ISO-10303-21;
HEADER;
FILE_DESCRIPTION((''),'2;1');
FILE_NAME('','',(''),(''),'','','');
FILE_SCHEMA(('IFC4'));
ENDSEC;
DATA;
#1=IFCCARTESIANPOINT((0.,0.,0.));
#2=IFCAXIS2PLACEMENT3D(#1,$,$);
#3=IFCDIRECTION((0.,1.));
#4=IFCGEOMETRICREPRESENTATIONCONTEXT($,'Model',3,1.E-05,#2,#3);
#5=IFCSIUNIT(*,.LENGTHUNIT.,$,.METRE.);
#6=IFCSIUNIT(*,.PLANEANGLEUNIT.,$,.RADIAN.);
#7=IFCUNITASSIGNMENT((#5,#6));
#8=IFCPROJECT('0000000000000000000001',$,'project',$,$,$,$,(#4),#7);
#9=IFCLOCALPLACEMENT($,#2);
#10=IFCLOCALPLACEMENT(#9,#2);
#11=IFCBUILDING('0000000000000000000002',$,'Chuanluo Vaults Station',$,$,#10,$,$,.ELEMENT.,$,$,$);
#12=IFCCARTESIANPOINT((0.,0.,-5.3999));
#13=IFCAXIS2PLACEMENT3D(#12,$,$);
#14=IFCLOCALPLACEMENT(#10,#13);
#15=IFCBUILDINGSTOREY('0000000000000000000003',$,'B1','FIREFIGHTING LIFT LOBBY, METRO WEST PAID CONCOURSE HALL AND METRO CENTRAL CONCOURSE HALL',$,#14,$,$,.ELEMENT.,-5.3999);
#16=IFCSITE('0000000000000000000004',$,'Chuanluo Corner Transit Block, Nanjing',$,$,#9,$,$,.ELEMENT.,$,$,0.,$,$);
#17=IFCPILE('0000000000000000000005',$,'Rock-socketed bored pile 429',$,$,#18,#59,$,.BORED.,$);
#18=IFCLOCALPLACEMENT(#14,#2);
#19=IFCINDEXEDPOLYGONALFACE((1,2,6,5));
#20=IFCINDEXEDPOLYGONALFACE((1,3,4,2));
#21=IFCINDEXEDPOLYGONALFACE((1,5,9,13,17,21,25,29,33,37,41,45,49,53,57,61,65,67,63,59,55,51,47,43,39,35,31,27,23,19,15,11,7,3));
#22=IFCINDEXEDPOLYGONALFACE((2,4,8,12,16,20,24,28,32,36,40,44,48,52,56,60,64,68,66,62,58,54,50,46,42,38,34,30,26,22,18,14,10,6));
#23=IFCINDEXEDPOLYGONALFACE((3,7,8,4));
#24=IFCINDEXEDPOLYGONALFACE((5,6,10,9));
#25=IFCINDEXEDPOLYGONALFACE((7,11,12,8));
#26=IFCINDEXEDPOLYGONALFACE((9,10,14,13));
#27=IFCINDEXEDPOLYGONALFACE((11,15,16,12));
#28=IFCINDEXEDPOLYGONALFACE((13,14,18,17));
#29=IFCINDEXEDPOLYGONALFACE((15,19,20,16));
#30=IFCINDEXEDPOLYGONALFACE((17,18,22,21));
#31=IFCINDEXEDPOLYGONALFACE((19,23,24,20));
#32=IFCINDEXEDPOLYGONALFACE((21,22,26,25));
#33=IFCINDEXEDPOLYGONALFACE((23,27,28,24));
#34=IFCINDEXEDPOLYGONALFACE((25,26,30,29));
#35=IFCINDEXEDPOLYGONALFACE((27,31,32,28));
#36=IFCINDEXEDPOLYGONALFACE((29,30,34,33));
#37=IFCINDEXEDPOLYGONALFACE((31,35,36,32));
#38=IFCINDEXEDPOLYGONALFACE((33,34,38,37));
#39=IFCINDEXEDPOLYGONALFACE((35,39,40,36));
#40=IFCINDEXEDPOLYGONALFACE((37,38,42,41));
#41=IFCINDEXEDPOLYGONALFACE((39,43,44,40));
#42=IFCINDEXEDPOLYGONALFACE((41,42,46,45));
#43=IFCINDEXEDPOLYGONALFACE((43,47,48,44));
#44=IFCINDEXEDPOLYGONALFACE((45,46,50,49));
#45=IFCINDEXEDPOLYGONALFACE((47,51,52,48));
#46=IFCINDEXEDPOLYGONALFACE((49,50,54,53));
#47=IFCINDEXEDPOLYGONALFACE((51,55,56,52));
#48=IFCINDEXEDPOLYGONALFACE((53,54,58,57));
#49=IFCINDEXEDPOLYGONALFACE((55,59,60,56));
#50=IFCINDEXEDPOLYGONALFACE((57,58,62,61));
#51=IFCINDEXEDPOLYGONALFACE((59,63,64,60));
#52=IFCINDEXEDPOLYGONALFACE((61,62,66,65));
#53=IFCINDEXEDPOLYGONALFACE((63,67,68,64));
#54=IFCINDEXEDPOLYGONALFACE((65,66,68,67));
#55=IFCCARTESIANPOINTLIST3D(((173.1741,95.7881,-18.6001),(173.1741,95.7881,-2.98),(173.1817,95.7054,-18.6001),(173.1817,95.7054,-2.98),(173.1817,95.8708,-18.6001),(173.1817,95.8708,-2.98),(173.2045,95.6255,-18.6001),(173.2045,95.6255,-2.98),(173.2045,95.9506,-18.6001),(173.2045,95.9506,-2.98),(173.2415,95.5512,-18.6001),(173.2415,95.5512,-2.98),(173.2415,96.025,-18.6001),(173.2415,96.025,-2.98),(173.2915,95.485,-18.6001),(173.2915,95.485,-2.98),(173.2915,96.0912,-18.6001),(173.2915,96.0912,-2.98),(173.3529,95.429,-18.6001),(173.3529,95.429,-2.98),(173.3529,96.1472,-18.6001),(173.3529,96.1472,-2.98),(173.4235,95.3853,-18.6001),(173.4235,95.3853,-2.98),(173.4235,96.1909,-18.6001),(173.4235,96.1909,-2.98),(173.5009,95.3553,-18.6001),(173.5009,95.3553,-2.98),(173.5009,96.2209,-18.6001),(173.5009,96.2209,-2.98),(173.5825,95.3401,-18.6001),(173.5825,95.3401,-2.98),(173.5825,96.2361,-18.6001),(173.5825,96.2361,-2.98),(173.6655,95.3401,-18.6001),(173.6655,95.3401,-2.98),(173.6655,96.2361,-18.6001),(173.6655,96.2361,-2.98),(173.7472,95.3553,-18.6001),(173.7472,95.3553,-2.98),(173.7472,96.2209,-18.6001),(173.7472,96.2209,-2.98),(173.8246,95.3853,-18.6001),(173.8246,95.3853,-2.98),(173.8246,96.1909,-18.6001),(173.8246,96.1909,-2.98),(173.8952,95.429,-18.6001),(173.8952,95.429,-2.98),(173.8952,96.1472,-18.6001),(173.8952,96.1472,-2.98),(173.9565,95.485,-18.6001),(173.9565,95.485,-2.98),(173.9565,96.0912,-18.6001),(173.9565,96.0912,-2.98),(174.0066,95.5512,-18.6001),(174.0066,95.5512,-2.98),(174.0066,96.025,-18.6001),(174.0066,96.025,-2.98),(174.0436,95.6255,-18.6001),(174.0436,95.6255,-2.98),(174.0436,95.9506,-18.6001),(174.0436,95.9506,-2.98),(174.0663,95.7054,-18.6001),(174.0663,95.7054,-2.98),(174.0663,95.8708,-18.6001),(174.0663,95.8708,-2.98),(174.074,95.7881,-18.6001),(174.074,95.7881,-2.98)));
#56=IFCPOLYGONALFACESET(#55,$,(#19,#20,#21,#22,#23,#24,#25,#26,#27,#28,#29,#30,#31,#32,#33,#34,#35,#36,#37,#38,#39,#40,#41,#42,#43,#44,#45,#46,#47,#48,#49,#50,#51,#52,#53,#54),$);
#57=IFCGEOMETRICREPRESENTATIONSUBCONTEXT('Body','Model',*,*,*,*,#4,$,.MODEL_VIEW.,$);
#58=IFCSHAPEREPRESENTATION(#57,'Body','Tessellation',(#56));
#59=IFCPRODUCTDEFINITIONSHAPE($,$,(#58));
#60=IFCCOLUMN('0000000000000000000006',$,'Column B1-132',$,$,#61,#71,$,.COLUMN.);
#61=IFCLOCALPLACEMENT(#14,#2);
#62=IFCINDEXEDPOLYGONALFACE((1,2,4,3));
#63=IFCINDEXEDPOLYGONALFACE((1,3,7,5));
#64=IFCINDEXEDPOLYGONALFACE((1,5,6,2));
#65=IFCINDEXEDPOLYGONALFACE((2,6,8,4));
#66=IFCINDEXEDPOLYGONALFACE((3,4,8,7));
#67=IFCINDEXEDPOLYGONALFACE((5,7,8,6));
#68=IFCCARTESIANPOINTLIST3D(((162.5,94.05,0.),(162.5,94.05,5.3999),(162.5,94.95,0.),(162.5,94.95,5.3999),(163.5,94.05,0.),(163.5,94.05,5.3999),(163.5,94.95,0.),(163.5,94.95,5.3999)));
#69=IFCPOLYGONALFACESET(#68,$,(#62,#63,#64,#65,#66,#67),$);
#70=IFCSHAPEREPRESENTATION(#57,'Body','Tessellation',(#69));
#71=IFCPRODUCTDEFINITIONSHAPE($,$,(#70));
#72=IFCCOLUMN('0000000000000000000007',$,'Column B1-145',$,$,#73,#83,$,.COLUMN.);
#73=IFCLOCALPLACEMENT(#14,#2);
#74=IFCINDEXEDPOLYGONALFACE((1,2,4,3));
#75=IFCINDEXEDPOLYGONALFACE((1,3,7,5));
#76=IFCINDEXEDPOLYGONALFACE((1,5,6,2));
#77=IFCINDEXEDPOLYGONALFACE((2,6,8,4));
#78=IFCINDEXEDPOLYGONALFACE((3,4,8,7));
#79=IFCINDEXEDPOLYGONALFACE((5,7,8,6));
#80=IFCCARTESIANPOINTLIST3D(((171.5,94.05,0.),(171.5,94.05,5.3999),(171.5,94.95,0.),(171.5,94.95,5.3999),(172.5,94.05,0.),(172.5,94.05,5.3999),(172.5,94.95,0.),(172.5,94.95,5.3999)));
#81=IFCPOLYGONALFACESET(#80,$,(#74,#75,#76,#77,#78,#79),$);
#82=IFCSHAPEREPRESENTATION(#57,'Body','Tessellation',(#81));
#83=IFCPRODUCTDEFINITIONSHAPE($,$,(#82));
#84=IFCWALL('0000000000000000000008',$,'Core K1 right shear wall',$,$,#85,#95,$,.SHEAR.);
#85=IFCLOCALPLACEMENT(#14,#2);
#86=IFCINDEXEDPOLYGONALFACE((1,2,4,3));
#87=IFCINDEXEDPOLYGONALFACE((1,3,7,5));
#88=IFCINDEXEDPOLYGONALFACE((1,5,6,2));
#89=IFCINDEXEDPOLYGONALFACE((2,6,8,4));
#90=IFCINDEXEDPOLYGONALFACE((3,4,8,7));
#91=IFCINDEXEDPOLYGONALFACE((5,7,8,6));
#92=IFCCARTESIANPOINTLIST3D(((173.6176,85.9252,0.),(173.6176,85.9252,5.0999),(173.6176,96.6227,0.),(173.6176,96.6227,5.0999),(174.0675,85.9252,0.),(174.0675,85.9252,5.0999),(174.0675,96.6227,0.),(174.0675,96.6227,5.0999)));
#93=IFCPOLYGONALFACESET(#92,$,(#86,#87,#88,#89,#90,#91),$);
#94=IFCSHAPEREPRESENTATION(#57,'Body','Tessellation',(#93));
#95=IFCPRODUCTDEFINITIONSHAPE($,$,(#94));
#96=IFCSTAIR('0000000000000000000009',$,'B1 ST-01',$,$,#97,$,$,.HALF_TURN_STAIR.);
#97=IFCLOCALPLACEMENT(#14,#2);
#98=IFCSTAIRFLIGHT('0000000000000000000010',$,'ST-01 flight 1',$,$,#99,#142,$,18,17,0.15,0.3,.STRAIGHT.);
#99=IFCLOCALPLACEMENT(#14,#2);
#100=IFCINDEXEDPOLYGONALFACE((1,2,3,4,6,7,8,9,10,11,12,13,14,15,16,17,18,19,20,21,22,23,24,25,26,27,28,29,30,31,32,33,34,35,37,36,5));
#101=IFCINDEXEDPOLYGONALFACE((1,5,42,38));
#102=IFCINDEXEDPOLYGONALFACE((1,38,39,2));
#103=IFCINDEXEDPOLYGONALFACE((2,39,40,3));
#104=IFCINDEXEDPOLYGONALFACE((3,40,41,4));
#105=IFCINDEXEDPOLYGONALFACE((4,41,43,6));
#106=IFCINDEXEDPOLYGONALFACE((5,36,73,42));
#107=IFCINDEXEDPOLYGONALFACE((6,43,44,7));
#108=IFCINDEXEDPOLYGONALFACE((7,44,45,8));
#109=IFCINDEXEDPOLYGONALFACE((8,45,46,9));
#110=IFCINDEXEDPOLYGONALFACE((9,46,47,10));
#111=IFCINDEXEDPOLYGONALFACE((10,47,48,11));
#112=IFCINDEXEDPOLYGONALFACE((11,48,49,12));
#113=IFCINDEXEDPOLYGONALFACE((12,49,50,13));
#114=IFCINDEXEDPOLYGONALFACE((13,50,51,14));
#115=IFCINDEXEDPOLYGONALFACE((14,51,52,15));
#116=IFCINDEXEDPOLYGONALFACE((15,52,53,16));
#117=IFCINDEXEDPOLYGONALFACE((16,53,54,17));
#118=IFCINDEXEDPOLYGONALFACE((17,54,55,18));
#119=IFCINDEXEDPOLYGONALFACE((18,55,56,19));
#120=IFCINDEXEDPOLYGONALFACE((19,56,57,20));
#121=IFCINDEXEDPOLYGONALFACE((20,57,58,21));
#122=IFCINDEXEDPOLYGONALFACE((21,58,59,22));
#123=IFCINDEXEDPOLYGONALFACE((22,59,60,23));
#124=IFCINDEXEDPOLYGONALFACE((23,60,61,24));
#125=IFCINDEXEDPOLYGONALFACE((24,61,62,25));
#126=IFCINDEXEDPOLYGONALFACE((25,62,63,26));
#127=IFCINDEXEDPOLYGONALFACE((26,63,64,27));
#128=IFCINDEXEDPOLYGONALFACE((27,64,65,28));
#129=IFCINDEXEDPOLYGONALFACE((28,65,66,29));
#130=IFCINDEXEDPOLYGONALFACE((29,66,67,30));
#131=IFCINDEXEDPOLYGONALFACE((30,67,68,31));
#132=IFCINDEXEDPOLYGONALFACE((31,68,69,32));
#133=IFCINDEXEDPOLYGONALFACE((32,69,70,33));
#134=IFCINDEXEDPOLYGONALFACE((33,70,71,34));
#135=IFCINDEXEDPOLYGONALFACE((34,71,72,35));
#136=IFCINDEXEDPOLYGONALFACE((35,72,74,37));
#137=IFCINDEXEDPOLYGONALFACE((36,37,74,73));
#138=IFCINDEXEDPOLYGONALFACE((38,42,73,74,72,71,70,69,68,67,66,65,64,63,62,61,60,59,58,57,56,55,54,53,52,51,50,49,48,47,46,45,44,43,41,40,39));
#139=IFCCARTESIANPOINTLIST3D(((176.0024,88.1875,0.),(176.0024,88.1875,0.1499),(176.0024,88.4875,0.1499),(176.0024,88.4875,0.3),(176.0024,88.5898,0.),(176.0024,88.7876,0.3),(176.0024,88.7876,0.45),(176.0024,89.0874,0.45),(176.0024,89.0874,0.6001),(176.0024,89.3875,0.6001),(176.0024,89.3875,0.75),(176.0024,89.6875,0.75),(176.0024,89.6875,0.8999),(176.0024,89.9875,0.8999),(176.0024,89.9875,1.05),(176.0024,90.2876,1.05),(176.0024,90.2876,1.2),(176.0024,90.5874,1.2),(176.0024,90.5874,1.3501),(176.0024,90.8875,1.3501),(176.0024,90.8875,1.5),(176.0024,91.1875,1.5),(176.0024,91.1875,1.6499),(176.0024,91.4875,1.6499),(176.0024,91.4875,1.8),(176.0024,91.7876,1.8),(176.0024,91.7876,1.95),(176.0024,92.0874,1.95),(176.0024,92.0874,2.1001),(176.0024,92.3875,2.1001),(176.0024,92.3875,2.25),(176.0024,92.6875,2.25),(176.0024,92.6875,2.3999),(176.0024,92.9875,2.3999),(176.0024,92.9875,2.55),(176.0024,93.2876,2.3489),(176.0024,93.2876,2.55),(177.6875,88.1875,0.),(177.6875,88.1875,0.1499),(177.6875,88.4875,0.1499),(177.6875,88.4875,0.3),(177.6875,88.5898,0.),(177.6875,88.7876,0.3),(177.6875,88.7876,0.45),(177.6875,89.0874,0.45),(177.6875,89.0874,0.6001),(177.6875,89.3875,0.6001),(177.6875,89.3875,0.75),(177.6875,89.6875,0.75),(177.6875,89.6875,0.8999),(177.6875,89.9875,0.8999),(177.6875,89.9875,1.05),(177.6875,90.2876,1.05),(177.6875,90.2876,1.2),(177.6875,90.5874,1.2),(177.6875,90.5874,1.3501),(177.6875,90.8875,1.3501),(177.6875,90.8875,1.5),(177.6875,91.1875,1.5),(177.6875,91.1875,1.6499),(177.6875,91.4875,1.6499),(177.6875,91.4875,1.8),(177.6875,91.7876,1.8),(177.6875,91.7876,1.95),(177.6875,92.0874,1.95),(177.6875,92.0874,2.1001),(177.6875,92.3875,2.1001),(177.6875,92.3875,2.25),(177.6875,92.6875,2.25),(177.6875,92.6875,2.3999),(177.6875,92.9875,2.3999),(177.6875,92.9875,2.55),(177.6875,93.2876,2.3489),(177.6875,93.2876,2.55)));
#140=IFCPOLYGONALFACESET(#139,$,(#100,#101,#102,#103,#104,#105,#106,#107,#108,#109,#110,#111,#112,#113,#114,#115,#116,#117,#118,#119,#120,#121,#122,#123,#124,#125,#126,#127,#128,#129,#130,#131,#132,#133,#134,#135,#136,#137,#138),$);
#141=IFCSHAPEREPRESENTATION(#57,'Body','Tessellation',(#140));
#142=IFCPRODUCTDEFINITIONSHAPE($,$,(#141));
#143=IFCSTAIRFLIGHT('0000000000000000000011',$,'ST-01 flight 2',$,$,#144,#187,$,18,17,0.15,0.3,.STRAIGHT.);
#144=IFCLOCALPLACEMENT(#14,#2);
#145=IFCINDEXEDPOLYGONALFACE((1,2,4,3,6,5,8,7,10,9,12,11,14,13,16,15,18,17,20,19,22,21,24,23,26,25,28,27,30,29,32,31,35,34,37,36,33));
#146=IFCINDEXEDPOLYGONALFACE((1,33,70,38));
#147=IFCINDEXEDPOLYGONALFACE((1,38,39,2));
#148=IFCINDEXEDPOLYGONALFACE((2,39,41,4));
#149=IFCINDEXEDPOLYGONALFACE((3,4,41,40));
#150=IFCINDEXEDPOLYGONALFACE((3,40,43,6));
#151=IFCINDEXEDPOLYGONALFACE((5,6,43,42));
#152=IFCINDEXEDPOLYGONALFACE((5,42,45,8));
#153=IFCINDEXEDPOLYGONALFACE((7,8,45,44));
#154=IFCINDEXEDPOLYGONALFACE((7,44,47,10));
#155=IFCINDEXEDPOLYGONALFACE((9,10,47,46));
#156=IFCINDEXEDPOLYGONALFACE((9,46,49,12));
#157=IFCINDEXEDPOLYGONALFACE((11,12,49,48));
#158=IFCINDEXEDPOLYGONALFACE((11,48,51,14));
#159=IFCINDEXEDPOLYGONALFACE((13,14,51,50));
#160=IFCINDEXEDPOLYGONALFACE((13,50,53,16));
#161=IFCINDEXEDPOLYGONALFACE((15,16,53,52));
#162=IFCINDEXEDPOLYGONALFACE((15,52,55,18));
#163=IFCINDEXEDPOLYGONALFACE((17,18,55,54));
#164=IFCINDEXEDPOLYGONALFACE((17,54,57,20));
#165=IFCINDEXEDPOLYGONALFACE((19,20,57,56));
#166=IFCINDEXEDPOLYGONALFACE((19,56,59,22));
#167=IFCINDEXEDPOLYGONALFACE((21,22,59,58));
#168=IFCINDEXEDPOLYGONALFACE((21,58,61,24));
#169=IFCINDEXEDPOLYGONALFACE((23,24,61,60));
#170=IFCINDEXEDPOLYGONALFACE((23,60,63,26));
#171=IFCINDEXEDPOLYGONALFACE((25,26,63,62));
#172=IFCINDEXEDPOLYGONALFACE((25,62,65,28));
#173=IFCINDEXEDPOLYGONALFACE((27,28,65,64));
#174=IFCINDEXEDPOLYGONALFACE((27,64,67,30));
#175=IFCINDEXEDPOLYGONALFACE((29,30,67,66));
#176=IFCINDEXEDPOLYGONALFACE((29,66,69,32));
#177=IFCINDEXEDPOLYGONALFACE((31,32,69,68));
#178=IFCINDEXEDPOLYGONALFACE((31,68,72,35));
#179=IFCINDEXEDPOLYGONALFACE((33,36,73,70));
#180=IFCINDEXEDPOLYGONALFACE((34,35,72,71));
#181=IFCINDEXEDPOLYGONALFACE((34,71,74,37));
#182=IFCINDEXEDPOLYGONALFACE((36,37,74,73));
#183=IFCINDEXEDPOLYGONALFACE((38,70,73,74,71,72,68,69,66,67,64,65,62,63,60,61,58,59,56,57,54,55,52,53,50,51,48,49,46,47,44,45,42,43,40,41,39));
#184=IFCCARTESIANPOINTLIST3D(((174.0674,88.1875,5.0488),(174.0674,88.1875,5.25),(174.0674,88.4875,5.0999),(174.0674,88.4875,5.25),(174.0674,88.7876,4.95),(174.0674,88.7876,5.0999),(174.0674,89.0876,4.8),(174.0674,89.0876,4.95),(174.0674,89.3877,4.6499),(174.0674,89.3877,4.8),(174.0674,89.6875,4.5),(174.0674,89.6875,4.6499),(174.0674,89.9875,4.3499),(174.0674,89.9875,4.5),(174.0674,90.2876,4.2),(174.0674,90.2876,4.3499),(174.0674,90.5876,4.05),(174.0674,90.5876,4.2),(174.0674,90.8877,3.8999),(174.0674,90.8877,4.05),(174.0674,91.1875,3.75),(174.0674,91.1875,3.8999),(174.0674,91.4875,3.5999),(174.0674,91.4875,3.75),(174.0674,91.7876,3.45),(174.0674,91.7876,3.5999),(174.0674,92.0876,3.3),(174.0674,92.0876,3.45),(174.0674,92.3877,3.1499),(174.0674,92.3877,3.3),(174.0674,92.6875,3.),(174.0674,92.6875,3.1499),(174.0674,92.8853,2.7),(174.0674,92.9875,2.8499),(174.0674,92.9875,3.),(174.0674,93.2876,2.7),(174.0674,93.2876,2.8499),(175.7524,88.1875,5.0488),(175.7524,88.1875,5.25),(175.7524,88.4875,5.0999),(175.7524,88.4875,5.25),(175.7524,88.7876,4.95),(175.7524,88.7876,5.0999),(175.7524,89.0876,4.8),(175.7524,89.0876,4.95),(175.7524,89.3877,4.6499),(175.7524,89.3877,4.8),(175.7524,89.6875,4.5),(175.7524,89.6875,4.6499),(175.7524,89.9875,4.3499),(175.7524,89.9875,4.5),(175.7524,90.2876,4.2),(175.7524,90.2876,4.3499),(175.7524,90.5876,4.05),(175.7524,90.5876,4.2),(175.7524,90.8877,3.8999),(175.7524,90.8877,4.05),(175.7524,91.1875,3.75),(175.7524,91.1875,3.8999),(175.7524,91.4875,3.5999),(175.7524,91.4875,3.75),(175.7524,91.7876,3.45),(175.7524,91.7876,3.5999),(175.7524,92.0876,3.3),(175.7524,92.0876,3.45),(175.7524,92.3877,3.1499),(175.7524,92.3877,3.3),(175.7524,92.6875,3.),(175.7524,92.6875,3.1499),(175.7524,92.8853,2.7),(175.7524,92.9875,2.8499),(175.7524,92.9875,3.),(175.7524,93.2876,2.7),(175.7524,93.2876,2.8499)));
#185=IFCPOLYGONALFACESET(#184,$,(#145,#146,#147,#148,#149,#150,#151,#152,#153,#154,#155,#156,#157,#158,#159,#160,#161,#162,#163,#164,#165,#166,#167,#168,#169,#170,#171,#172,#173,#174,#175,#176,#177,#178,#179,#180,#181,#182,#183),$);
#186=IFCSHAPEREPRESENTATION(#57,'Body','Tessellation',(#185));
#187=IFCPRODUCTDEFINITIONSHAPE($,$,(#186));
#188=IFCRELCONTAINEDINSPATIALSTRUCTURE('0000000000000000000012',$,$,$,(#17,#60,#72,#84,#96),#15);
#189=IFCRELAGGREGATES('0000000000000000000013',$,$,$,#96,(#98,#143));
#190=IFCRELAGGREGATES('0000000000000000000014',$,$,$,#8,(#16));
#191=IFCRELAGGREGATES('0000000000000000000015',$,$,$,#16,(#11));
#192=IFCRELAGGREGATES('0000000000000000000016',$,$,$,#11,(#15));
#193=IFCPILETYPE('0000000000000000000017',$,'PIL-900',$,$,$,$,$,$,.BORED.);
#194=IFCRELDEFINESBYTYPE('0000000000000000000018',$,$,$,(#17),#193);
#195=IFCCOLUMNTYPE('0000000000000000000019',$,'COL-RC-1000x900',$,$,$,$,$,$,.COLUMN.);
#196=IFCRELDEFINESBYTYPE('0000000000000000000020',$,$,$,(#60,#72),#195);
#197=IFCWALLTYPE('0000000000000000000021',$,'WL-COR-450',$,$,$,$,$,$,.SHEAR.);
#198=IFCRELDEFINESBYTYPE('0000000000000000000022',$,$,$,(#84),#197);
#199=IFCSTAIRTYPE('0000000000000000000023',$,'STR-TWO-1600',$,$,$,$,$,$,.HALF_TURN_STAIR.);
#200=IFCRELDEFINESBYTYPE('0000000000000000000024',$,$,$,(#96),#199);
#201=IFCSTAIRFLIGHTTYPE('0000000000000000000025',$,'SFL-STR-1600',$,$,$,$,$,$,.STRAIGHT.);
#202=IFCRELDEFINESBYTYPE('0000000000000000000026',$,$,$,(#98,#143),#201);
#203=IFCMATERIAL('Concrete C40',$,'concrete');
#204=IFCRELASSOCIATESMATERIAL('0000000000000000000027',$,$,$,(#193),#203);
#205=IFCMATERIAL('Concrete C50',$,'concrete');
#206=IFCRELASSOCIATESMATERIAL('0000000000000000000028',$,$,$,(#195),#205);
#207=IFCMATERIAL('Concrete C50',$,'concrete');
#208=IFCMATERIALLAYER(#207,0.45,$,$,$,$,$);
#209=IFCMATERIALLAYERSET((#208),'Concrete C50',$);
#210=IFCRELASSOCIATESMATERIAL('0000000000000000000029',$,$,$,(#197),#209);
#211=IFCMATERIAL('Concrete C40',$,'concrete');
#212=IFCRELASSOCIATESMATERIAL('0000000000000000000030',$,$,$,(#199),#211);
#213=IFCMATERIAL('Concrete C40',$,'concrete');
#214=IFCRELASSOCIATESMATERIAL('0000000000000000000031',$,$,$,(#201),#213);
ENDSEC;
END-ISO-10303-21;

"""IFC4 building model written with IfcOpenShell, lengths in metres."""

from ifc_helpers import new_model, si_unit, direction, frame, frame_2d, origin, origin_2d, place, context, subcontext, project, spatial, polyline, rectangle, circle, outline, extrude, material, layer, layer_set, material_profile, profile_set, type_object, element, aggregate, save


model = new_model("IFC4")

# Units and contexts
model_context = context("Model", 3, precision=1e-05, world=origin(), true_north=direction((0.0, 1.0)))
body_context = subcontext(model_context, "Body", "Model", "MODEL_VIEW")
ifc_project = project(units=[si_unit("LENGTHUNIT", "METRE"), si_unit("PLANEANGLEUNIT", "RADIAN")], contexts=[model_context])

# Site, building, storey
site_placement = place(None, origin())
site = spatial("IfcSite", under=ifc_project, at=site_placement, Name="Chuanluo Corner Transit Block, Nanjing", CompositionType="ELEMENT", RefElevation=0.0)
building_placement = place(site_placement, origin())
building = spatial("IfcBuilding", under=site, at=building_placement, Name="Chuanluo Vaults Station", CompositionType="ELEMENT")
storey_placement = place(building_placement, frame((0.0, 0.0, -5.3999)))
storey = spatial("IfcBuildingStorey", under=building, at=storey_placement, Name="B1", Description="FIREFIGHTING LIFT LOBBY, METRO WEST PAID CONCOURSE HALL AND METRO CENTRAL CONCOURSE HALL", CompositionType="ELEMENT", Elevation=-5.3999)

# Pile
ifc_material_1 = material(Name="Concrete C40", Category="concrete")
ifc_material_profile_1 = material_profile(ifc_material_1, circle(Radius=0.45, at=origin_2d()))
ifc_profile_set_1 = profile_set([ifc_material_profile_1], Name="Concrete C40")
pile_type_1 = type_object("IfcPileType", Name="PIL-900", PredefinedType="BORED", material=ifc_profile_set_1)
for number, where, z_axis, x_axis, name in (
    (1, (173.624, 95.7881, -2.98), (0.0, 0.0, -1.0), (1.0, 0.0, 0.0), "Rock-socketed bored pile 429"),
):
    element("IfcPile", number, at=place(storey_placement, frame(where, z_axis=z_axis, x_axis=x_axis)), inside=storey, type_object=pile_type_1, Name=name, PredefinedType="BORED", context=body_context, shape_type="SweptSolid", body=[
        extrude(circle(Radius=0.45, at=origin_2d()), origin(), (0.0, 0.0, 1.0), 15.6201),
    ])

# Columns
ifc_material_2 = material(Name="Concrete C50", Category="concrete")
ifc_material_profile_2 = material_profile(ifc_material_2, rectangle(XDim=1.0, YDim=0.8999, at=origin_2d()))
ifc_profile_set_2 = profile_set([ifc_material_profile_2], Name="Concrete C50")
column_type = type_object("IfcColumnType", Name="COL-RC-1000x900", PredefinedType="COLUMN", material=ifc_profile_set_2)
for number, where, z_axis, x_axis, name in (
    (2, (163.0, 94.5, 0.0), (0.0, 0.0, 1.0), (1.0, 0.0, 0.0), "Column B1-132"),
    (3, (172.0, 94.5, 0.0), (0.0, 0.0, 1.0), (1.0, 0.0, 0.0), "Column B1-145"),
):
    element("IfcColumn", number, at=place(storey_placement, frame(where, z_axis=z_axis, x_axis=x_axis)), inside=storey, type_object=column_type, Name=name, PredefinedType="COLUMN", context=body_context, shape_type="SweptSolid", body=[
        extrude(rectangle(XDim=1.0, YDim=0.8999, at=origin_2d()), origin(), (0.0, 0.0, 1.0), 5.3999),
    ])

# Wall
ifc_material_3 = material(Name="Concrete C50", Category="concrete")
ifc_layer = layer(ifc_material_3, 0.45)
ifc_layer_set = layer_set([ifc_layer], Name="Concrete C50")
wall_type = type_object("IfcWallType", Name="WL-COR-450", PredefinedType="SHEAR", material=ifc_layer_set)
wall_placement = place(storey_placement, frame((173.8425, 96.6226, 0.0), z_axis=(0.0, 0.0, 1.0), x_axis=(0.0, -1.0, 0.0)))
element("IfcWall", 4, at=wall_placement, inside=storey, type_object=wall_type, Name="Core K1 right shear wall", PredefinedType="SHEAR", context=body_context, shape_type="SweptSolid", body=[
    extrude(rectangle(XDim=10.6975, YDim=0.45, at=frame_2d((5.3486, 0.0))), origin(), (0.0, 0.0, 1.0), 5.0999),
])

# Stair, stair flights
ifc_material_4 = material(Name="Concrete C40", Category="concrete")
stair_type = type_object("IfcStairType", Name="STR-TWO-1600", PredefinedType="HALF_TURN_STAIR", material=ifc_material_4)
stair_placement = place(storey_placement, origin())
stair = element("IfcStair", 5, at=stair_placement, inside=storey, type_object=stair_type, Name="B1 ST-01", PredefinedType="HALF_TURN_STAIR")
ifc_material_5 = material(Name="Concrete C40", Category="concrete")
stair_flight_type = type_object("IfcStairFlightType", Name="SFL-STR-1600", PredefinedType="STRAIGHT", material=ifc_material_5)
stair_flight_1_placement = place(storey_placement, frame((176.845, 88.1875, 0.0), z_axis=(0.0, 0.0, 1.0), x_axis=(0.0, 1.0, 0.0)))
stair_flight_1 = element("IfcStairFlight", 6, at=stair_flight_1_placement, type_object=stair_flight_type, Name="ST-01 flight 1", NumberOfRisers=18, NumberOfTreads=17, PredefinedType="STRAIGHT", RiserHeight=0.15, TreadLength=0.3, context=body_context, shape_type="SweptSolid", body=[
    extrude(outline(polyline([(0.0, 0.0), (0.0, 0.1499), (0.3, 0.1499), (0.3, 0.3), (0.6001, 0.3), (0.6001, 0.45), (0.8999, 0.45), (0.8999, 0.6001), (1.2, 0.6001), (1.2, 0.75), (1.5, 0.75), (1.5, 0.8999), (1.8, 0.8999), (1.8, 1.05), (2.1001, 1.05), (2.1001, 1.2), (2.3999, 1.2), (2.3999, 1.3501), (2.7, 1.3501), (2.7, 1.5), (3.0, 1.5), (3.0, 1.6499), (3.3, 1.6499), (3.3, 1.8), (3.6001, 1.8), (3.6001, 1.95), (3.8999, 1.95), (3.8999, 2.1001), (4.2, 2.1001), (4.2, 2.25), (4.5, 2.25), (4.5, 2.3999), (4.8, 2.3999), (4.8, 2.55), (5.1001, 2.55), (5.1001, 2.7), (5.1001, 2.3489), (0.4023, 0.0), (0.0, 0.0)])), frame((0.0, 0.8425, 0.0), z_axis=(0.0, -1.0, 0.0), x_axis=(1.0, 0.0, 0.0)), (0.0, 0.0, 1.0), 1.6851),
])
stair_flight_2_placement = place(storey_placement, frame((174.9099, 93.2876, 2.7), z_axis=(0.0, 0.0, 1.0), x_axis=(0.0, -1.0, 0.0)))
stair_flight_2 = element("IfcStairFlight", 7, at=stair_flight_2_placement, type_object=stair_flight_type, Name="ST-01 flight 2", NumberOfRisers=18, NumberOfTreads=17, PredefinedType="STRAIGHT", RiserHeight=0.15, TreadLength=0.3, context=body_context, shape_type="SweptSolid", body=[
    extrude(outline(polyline([(0.0, 0.0), (0.0, 0.1499), (0.3, 0.1499), (0.3, 0.3), (0.6001, 0.3), (0.6001, 0.45), (0.8999, 0.45), (0.8999, 0.6001), (1.2, 0.6001), (1.2, 0.75), (1.5, 0.75), (1.5, 0.8999), (1.8, 0.8999), (1.8, 1.05), (2.1001, 1.05), (2.1001, 1.2), (2.3999, 1.2), (2.3999, 1.3501), (2.7, 1.3501), (2.7, 1.5), (3.0, 1.5), (3.0, 1.6499), (3.3, 1.6499), (3.3, 1.8), (3.6001, 1.8), (3.6001, 1.95), (3.8999, 1.95), (3.8999, 2.1001), (4.2, 2.1001), (4.2, 2.25), (4.5, 2.25), (4.5, 2.3999), (4.8, 2.3999), (4.8, 2.55), (5.1001, 2.55), (5.1001, 2.7), (5.1001, 2.3489), (0.4023, 0.0), (0.0, 0.0)])), frame((0.0, 0.8425, 0.0), z_axis=(0.0, -1.0, 0.0), x_axis=(1.0, 0.0, 0.0)), (0.0, 0.0, 1.0), 1.6851),
])
aggregate(stair, [stair_flight_1, stair_flight_2])

save(model, "model.ifc")
